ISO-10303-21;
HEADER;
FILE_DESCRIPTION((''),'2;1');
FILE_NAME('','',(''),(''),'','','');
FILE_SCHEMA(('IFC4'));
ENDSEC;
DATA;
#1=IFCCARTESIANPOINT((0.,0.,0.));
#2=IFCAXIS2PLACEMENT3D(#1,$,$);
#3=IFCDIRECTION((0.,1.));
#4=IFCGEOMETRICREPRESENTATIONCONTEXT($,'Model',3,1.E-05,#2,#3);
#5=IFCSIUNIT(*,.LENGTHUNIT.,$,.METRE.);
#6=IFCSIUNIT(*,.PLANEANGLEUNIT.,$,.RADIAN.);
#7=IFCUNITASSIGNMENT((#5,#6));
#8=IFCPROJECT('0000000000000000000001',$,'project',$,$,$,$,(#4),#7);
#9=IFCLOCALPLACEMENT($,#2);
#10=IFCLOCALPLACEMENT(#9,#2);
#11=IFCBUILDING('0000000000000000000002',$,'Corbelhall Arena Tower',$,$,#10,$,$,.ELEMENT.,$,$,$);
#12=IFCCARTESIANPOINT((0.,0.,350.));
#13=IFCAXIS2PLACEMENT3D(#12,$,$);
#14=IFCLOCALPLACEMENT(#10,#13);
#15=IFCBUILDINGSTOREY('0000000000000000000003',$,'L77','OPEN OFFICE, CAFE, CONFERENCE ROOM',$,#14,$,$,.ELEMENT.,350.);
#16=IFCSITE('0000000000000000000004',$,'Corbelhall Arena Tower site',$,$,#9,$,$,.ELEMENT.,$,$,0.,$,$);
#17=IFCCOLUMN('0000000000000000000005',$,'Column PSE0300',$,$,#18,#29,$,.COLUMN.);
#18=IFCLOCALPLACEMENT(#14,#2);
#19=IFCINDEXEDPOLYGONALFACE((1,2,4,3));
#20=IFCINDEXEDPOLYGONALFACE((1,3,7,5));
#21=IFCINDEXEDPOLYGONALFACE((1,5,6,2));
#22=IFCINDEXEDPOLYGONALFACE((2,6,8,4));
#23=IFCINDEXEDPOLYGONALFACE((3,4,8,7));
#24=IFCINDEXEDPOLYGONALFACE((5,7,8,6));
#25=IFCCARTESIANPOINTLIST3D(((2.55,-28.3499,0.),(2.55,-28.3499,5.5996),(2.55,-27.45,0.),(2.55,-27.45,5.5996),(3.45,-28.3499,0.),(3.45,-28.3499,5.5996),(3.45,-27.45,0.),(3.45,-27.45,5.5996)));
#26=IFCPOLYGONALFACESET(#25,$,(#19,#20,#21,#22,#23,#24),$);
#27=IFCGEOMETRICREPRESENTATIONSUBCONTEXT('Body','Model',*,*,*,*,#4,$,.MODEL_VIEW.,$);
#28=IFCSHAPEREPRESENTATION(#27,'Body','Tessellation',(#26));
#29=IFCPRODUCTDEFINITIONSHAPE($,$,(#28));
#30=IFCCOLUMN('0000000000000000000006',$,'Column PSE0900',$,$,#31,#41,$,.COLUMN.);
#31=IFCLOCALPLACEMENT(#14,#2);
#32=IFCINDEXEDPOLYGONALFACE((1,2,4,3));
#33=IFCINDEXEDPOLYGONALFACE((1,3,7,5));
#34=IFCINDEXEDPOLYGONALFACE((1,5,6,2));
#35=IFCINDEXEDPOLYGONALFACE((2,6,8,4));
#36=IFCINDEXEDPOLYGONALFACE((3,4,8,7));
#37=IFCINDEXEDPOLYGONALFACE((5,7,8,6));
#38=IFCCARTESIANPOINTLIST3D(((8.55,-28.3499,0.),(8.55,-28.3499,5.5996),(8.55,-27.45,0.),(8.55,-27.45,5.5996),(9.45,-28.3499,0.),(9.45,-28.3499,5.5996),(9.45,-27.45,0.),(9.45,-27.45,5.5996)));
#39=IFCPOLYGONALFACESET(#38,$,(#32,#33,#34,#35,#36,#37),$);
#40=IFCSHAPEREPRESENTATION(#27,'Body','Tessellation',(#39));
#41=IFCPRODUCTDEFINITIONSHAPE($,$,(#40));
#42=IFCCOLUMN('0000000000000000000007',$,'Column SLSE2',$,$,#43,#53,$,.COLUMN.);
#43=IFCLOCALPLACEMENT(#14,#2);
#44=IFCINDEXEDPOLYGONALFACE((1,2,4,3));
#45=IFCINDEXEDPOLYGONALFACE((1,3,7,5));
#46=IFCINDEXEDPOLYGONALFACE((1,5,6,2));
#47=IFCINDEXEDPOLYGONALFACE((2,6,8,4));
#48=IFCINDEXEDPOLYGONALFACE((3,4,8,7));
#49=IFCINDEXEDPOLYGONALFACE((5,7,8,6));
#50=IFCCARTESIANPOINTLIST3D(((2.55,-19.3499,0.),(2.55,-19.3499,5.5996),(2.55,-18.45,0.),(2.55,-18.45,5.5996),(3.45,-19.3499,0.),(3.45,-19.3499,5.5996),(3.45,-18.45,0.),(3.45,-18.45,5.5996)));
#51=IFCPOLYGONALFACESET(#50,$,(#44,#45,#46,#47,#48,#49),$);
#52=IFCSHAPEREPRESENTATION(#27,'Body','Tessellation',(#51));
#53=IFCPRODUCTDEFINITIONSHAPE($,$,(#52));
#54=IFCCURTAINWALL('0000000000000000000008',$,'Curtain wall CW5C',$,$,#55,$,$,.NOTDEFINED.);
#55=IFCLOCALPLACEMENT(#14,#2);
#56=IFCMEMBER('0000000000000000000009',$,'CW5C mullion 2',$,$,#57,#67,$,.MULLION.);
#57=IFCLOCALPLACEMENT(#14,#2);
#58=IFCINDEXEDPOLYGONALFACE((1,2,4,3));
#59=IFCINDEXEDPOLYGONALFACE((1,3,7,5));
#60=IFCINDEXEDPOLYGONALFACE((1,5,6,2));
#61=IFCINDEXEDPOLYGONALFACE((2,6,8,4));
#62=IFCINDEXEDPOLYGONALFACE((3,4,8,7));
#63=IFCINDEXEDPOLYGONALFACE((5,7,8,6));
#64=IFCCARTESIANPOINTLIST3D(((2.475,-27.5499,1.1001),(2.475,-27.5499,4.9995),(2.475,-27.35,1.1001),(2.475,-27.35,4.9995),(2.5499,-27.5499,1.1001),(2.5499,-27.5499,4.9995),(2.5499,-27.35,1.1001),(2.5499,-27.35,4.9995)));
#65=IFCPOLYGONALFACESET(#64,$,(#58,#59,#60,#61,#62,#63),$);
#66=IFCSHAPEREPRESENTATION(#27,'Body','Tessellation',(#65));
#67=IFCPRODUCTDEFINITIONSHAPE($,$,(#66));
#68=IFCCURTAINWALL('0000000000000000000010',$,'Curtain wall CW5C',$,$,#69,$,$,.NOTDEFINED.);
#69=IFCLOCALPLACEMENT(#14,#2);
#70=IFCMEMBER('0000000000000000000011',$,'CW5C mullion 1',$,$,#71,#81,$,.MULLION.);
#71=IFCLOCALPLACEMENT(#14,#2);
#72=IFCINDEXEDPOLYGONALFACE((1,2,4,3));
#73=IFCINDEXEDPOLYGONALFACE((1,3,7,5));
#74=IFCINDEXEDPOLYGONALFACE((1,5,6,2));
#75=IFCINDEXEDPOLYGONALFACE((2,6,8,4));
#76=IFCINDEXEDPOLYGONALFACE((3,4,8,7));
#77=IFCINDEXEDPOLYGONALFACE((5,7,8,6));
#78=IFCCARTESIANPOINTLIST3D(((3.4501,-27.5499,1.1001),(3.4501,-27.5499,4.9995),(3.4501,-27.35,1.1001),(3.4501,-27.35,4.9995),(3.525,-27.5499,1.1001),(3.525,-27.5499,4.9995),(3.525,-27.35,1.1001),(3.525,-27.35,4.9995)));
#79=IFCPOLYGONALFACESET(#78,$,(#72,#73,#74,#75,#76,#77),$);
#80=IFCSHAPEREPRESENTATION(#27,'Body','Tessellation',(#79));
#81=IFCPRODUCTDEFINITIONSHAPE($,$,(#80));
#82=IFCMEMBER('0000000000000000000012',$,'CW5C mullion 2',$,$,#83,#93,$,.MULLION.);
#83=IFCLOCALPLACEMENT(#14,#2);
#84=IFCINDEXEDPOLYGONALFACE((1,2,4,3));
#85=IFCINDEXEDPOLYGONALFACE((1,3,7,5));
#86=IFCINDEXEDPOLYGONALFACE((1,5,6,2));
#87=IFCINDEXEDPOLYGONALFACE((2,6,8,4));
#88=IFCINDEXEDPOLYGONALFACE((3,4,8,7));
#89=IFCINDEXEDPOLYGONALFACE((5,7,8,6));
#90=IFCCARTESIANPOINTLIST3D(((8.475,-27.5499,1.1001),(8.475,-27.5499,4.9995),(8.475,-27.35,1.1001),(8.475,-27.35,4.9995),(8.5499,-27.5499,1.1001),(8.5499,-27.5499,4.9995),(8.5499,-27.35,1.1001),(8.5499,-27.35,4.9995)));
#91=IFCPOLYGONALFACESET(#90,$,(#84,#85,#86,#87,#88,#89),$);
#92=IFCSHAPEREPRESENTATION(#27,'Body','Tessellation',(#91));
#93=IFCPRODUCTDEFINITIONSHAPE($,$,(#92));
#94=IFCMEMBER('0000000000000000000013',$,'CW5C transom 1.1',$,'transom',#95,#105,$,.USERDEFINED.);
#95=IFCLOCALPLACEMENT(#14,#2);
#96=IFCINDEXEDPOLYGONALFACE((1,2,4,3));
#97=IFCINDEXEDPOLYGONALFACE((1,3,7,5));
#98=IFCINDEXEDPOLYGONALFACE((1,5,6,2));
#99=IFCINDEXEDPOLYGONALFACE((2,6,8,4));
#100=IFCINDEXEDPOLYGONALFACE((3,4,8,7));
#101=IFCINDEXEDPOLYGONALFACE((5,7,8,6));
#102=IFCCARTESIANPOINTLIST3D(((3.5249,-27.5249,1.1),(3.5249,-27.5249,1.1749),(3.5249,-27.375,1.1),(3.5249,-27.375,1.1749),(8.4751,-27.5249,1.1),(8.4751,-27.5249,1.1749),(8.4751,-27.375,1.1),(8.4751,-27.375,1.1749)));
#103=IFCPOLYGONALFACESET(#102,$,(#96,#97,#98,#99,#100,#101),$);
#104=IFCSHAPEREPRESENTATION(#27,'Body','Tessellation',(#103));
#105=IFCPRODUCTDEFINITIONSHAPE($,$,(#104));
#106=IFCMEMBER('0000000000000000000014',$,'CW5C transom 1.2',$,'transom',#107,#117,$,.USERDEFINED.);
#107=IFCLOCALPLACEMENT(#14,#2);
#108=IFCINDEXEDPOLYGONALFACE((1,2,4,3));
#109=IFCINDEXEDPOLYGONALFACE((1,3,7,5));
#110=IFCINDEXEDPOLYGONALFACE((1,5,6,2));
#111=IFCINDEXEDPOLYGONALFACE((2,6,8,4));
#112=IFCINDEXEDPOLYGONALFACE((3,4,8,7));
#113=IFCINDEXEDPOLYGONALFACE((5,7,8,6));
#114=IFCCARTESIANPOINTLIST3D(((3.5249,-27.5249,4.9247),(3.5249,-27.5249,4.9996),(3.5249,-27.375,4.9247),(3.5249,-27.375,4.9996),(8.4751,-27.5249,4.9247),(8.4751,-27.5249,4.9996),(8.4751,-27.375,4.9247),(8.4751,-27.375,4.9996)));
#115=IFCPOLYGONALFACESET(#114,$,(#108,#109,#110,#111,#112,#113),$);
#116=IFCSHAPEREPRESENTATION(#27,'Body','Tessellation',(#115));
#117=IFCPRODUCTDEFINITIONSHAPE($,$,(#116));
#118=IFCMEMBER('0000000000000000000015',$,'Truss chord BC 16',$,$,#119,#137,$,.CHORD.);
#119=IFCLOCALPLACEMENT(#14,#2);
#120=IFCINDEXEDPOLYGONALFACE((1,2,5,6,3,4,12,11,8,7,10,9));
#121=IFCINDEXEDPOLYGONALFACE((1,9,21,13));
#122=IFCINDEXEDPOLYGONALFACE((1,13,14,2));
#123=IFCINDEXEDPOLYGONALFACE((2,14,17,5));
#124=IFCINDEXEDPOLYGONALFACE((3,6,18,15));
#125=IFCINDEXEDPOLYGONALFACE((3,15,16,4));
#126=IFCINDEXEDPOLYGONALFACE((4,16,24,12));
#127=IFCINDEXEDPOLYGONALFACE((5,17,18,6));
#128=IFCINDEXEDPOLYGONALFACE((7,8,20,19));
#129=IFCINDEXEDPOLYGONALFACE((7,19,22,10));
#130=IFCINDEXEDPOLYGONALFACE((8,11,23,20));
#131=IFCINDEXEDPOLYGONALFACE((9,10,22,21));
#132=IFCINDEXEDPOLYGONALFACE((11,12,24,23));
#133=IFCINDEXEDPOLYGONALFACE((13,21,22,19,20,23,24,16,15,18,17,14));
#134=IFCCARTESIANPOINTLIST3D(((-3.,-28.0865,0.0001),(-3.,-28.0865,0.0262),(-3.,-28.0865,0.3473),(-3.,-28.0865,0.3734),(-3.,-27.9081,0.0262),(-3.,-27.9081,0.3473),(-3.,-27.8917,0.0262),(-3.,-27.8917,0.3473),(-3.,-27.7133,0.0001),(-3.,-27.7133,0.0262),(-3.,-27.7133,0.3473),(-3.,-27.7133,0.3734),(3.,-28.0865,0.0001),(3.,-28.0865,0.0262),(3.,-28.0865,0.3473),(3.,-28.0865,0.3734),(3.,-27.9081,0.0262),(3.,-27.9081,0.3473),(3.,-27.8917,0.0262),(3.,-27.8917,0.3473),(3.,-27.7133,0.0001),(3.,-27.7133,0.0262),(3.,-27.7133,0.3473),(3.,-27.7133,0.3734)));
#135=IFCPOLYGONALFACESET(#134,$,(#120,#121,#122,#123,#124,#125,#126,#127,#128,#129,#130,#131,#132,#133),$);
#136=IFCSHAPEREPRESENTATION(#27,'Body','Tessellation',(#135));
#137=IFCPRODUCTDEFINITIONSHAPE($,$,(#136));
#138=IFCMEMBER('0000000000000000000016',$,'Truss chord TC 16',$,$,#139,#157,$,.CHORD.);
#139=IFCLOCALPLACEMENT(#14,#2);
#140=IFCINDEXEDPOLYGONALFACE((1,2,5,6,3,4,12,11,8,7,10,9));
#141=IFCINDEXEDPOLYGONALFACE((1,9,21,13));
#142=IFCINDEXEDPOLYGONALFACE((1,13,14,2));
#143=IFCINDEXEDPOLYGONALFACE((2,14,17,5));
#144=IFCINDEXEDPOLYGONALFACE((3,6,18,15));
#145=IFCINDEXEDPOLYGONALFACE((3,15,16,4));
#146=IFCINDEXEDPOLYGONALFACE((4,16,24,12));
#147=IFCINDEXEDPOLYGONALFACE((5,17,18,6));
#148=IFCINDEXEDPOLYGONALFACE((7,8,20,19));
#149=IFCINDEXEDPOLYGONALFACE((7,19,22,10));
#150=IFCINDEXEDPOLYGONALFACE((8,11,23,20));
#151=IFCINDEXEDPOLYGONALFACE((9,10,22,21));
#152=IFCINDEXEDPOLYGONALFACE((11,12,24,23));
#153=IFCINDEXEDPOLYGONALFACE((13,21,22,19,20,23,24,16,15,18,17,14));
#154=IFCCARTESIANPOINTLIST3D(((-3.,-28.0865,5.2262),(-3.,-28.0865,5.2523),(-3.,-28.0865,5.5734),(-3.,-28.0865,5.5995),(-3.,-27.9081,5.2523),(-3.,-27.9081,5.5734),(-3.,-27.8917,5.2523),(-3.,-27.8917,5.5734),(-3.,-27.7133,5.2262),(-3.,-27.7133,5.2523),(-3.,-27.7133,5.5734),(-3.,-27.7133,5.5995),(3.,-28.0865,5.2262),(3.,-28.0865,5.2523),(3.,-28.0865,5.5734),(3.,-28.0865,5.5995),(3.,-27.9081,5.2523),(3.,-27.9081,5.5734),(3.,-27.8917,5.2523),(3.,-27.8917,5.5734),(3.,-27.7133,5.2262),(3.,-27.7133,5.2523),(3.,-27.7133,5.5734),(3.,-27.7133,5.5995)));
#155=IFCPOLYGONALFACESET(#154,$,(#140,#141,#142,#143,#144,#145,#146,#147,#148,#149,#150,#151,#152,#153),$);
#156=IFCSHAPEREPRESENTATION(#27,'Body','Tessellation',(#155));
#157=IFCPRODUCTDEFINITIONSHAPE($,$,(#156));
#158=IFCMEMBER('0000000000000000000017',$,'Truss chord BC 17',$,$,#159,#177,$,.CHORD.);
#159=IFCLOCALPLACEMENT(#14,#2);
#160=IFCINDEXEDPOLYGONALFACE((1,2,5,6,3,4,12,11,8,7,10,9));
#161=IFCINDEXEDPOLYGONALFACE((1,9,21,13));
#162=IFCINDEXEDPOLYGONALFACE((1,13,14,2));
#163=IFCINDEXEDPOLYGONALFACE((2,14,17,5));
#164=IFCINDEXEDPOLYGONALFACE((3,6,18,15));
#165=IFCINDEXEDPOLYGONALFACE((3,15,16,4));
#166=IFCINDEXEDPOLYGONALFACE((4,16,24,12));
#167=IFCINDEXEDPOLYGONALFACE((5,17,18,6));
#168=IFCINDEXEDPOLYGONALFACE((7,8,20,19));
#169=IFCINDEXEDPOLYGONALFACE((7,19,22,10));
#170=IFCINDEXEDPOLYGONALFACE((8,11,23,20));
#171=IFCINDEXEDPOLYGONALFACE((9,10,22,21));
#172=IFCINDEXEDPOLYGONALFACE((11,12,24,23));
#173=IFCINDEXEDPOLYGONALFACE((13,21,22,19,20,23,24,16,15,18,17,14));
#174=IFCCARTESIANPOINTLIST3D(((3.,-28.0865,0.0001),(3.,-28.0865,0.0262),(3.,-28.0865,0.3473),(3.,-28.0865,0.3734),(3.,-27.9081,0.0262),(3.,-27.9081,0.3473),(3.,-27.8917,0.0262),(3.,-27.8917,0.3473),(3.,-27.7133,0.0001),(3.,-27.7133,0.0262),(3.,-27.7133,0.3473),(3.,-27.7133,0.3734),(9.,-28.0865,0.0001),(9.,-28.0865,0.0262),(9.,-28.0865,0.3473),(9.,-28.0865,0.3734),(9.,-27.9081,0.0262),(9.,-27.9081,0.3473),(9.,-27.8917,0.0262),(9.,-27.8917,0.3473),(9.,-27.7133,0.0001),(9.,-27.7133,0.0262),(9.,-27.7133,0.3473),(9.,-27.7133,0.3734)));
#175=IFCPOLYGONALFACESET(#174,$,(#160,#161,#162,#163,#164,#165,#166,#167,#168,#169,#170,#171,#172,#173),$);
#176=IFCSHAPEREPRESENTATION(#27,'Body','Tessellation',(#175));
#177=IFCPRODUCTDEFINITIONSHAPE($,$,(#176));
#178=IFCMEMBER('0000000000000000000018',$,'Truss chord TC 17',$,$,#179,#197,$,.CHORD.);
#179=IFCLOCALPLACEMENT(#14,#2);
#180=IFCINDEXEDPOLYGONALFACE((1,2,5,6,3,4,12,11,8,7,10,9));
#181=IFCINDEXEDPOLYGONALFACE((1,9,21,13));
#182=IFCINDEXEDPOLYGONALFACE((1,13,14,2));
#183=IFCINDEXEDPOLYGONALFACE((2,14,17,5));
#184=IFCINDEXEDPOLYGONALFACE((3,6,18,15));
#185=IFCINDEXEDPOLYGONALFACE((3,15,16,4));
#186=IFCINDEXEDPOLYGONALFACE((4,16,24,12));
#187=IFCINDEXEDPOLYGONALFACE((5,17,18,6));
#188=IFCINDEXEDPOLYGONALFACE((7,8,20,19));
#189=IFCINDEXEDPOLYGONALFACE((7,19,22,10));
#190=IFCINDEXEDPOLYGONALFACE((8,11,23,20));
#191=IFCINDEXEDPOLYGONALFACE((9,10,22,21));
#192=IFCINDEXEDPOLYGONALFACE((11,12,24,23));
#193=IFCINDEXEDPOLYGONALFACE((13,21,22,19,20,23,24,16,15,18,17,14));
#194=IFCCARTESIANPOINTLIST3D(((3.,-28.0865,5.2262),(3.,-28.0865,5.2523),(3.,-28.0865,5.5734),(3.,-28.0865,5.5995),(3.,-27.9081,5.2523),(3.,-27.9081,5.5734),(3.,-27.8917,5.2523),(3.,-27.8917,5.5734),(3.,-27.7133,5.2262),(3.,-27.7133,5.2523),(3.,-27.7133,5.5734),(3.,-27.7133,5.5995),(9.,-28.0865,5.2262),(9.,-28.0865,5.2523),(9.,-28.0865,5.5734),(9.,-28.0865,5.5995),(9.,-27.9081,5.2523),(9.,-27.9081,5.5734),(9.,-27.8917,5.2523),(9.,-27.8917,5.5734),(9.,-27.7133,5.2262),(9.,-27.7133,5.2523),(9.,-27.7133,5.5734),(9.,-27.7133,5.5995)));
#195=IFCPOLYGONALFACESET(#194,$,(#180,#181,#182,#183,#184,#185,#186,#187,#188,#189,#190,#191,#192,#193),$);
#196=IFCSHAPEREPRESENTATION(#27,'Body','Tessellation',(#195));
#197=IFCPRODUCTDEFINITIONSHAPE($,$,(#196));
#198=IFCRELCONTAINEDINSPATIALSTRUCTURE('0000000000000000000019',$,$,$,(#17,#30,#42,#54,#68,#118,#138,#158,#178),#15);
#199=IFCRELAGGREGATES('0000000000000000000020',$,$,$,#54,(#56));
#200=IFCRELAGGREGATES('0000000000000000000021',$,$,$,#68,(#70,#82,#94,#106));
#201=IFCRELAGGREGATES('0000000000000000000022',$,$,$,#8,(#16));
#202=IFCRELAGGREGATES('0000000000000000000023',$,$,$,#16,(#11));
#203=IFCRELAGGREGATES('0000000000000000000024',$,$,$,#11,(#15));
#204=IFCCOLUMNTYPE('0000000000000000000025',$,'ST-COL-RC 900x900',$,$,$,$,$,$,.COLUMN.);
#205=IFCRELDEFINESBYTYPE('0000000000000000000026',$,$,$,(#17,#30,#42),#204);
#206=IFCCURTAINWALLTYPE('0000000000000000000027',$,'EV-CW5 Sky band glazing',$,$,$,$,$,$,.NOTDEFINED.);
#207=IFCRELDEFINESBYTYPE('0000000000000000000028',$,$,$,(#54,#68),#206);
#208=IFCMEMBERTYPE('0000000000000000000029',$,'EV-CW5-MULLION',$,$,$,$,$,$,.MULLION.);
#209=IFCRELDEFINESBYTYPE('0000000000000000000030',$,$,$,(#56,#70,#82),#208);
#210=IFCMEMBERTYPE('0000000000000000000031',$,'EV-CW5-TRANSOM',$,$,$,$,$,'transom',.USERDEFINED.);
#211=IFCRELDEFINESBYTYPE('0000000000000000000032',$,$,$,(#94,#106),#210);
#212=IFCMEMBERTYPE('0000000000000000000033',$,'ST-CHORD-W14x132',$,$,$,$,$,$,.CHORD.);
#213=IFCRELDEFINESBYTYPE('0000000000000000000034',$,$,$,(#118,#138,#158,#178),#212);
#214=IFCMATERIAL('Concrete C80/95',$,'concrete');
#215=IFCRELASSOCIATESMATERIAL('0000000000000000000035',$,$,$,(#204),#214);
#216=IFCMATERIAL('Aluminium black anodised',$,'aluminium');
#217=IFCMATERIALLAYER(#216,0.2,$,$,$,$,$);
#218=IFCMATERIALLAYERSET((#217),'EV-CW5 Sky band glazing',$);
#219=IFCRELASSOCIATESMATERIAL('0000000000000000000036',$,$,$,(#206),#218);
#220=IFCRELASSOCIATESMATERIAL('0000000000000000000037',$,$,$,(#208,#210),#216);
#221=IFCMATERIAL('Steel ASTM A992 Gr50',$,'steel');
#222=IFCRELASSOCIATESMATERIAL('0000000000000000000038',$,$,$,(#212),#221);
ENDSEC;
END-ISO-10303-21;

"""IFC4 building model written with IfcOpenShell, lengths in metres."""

from ifc_helpers import new_model, si_unit, direction, frame, origin, origin_2d, place, context, subcontext, project, spatial, rectangle, i_section, extrude, material, layer, layer_set, material_profile, profile_set, type_object, element, aggregate, save


model = new_model("IFC4")

# Units and contexts
model_context = context("Model", 3, precision=1e-05, world=origin(), true_north=direction((0.0, 1.0)))
body_context = subcontext(model_context, "Body", "Model", "MODEL_VIEW")
ifc_project = project(units=[si_unit("LENGTHUNIT", "METRE"), si_unit("PLANEANGLEUNIT", "RADIAN")], contexts=[model_context])

# Site, building, storey
site_placement = place(None, origin())
site = spatial("IfcSite", under=ifc_project, at=site_placement, Name="Corbelhall Arena Tower site", CompositionType="ELEMENT", RefElevation=0.0)
building_placement = place(site_placement, origin())
building = spatial("IfcBuilding", under=site, at=building_placement, Name="Corbelhall Arena Tower", CompositionType="ELEMENT")
storey_placement = place(building_placement, frame((0.0, 0.0, 350.0)))
storey = spatial("IfcBuildingStorey", under=building, at=storey_placement, Name="L77", Description="OPEN OFFICE, CAFE, CONFERENCE ROOM", CompositionType="ELEMENT", Elevation=350.0)

# Columns
ifc_material_1 = material(Name="Concrete C80/95", Category="concrete")
ifc_material_profile_1 = material_profile(ifc_material_1, rectangle(XDim=0.8999, YDim=0.8999, at=origin_2d()))
ifc_profile_set_1 = profile_set([ifc_material_profile_1], Name="Concrete C80/95")
column_type = type_object("IfcColumnType", Name="ST-COL-RC 900x900", PredefinedType="COLUMN", material=ifc_profile_set_1)
for number, where, z_axis, x_axis, name in (
    (1, (3.0, -27.8999, 0.0), (0.0, 0.0, 1.0), (1.0, 0.0, 0.0), "Column PSE0300"),
    (2, (9.0, -27.8999, 0.0), (0.0, 0.0, 1.0), (1.0, 0.0, 0.0), "Column PSE0900"),
    (3, (3.0, -18.8999, 0.0), (0.0, 0.0, 1.0), (1.0, 0.0, 0.0), "Column SLSE2"),
):
    element("IfcColumn", number, at=place(storey_placement, frame(where, z_axis=z_axis, x_axis=x_axis)), inside=storey, type_object=column_type, Name=name, PredefinedType="COLUMN", context=body_context, shape_type="SweptSolid", body=[
        extrude(rectangle(XDim=0.8999, YDim=0.8999, at=origin_2d()), origin(), (0.0, 0.0, 1.0), 5.5996),
    ])

# Curtain wall, member
ifc_material_2 = material(Name="Aluminium black anodised", Category="aluminium")
ifc_layer_1 = layer(ifc_material_2, 0.2)
ifc_layer_set_1 = layer_set([ifc_layer_1], Name="EV-CW5 Sky band glazing")
curtain_wall_type = type_object("IfcCurtainWallType", Name="EV-CW5 Sky band glazing", PredefinedType="NOTDEFINED", material=ifc_layer_set_1)
curtain_wall_1_placement = place(storey_placement, origin())
curtain_wall_1 = element("IfcCurtainWall", 4, at=curtain_wall_1_placement, inside=storey, type_object=curtain_wall_type, Name="Curtain wall CW5C", PredefinedType="NOTDEFINED")
ifc_material_profile_2 = material_profile(ifc_material_2, rectangle(XDim=0.2, YDim=0.075, at=origin_2d()))
ifc_profile_set_2 = profile_set([ifc_material_profile_2], Name="Aluminium black anodised")
member_type_1 = type_object("IfcMemberType", Name="EV-CW5-MULLION", PredefinedType="MULLION", material=ifc_profile_set_2)
member_1_placement = place(storey_placement, frame((2.5125, -27.45, 1.1001), z_axis=(0.0, 0.0, 1.0), x_axis=(0.0, 1.0, 0.0)))
member_1 = element("IfcMember", 5, at=member_1_placement, type_object=member_type_1, Name="CW5C mullion 2", PredefinedType="MULLION", context=body_context, shape_type="SweptSolid", body=[
    extrude(rectangle(XDim=0.2, YDim=0.075, at=origin_2d()), origin(), (0.0, 0.0, 1.0), 3.8994),
])
aggregate(curtain_wall_1, [member_1])

# Curtain wall, members
curtain_wall_2_placement = place(storey_placement, origin())
curtain_wall_2 = element("IfcCurtainWall", 6, at=curtain_wall_2_placement, inside=storey, type_object=curtain_wall_type, Name="Curtain wall CW5C", PredefinedType="NOTDEFINED")
member_2_placement = place(storey_placement, frame((3.4875, -27.45, 1.1001), z_axis=(0.0, 0.0, 1.0), x_axis=(0.0, 1.0, 0.0)))
member_2 = element("IfcMember", 7, at=member_2_placement, type_object=member_type_1, Name="CW5C mullion 1", PredefinedType="MULLION", context=body_context, shape_type="SweptSolid", body=[
    extrude(rectangle(XDim=0.2, YDim=0.075, at=origin_2d()), origin(), (0.0, 0.0, 1.0), 3.8994),
])
member_3_placement = place(storey_placement, frame((8.5125, -27.45, 1.1001), z_axis=(0.0, 0.0, 1.0), x_axis=(0.0, 1.0, 0.0)))
member_3 = element("IfcMember", 8, at=member_3_placement, type_object=member_type_1, Name="CW5C mullion 2", PredefinedType="MULLION", context=body_context, shape_type="SweptSolid", body=[
    extrude(rectangle(XDim=0.2, YDim=0.075, at=origin_2d()), origin(), (0.0, 0.0, 1.0), 3.8994),
])
ifc_material_profile_3 = material_profile(ifc_material_2, rectangle(XDim=0.1499, YDim=0.075, at=origin_2d()))
ifc_profile_set_3 = profile_set([ifc_material_profile_3], Name="Aluminium black anodised")
member_type_2 = type_object("IfcMemberType", Name="EV-CW5-TRANSOM", ElementType="transom", PredefinedType="USERDEFINED", material=ifc_profile_set_3)
member_4_placement = place(storey_placement, frame((3.5249, -27.45, 1.1375), z_axis=(1.0, 0.0, 0.0), x_axis=(0.0, 1.0, 0.0)))
member_4 = element("IfcMember", 9, at=member_4_placement, type_object=member_type_2, Name="CW5C transom 1.1", ObjectType="transom", PredefinedType="USERDEFINED", context=body_context, shape_type="SweptSolid", body=[
    extrude(rectangle(XDim=0.1499, YDim=0.075, at=origin_2d()), origin(), (0.0, 0.0, 1.0), 4.9502),
])
member_5_placement = place(storey_placement, frame((3.5249, -27.45, 4.9622), z_axis=(1.0, 0.0, 0.0), x_axis=(0.0, 1.0, 0.0)))
member_5 = element("IfcMember", 10, at=member_5_placement, type_object=member_type_2, Name="CW5C transom 1.2", ObjectType="transom", PredefinedType="USERDEFINED", context=body_context, shape_type="SweptSolid", body=[
    extrude(rectangle(XDim=0.1499, YDim=0.075, at=origin_2d()), origin(), (0.0, 0.0, 1.0), 4.9502),
])

# Members
ifc_material_3 = material(Name="Steel ASTM A992 Gr50", Category="steel")
ifc_material_profile_4 = material_profile(ifc_material_3, i_section(OverallWidth=0.3733, OverallDepth=0.3733, WebThickness=0.0164, FlangeThickness=0.0261, at=origin_2d()))
ifc_profile_set_4 = profile_set([ifc_material_profile_4], Name="Steel ASTM A992 Gr50")
member_type_3 = type_object("IfcMemberType", Name="ST-CHORD-W14x132", PredefinedType="CHORD", material=ifc_profile_set_4)
for number, where, z_axis, x_axis, name in (
    (11, (3.0, -27.8999, 0.1868), (-1.0, 0.0, 0.0), (0.0, -1.0, 0.0), "Truss chord BC 16"),
    (12, (3.0, -27.8999, 5.4128), (-1.0, 0.0, 0.0), (0.0, -1.0, 0.0), "Truss chord TC 16"),
    (13, (9.0, -27.8999, 0.1868), (-1.0, 0.0, 0.0), (0.0, -1.0, 0.0), "Truss chord BC 17"),
    (14, (9.0, -27.8999, 5.4128), (-1.0, 0.0, 0.0), (0.0, -1.0, 0.0), "Truss chord TC 17"),
):
    element("IfcMember", number, at=place(storey_placement, frame(where, z_axis=z_axis, x_axis=x_axis)), inside=storey, type_object=member_type_3, Name=name, PredefinedType="CHORD", context=body_context, shape_type="SweptSolid", body=[
        extrude(i_section(OverallWidth=0.3733, OverallDepth=0.3733, WebThickness=0.0164, FlangeThickness=0.0261, at=origin_2d()), origin(), (0.0, 0.0, 1.0), 6.0),
    ])

aggregate(curtain_wall_2, [member_2, member_3, member_4, member_5])

save(model, "model.ifc")
